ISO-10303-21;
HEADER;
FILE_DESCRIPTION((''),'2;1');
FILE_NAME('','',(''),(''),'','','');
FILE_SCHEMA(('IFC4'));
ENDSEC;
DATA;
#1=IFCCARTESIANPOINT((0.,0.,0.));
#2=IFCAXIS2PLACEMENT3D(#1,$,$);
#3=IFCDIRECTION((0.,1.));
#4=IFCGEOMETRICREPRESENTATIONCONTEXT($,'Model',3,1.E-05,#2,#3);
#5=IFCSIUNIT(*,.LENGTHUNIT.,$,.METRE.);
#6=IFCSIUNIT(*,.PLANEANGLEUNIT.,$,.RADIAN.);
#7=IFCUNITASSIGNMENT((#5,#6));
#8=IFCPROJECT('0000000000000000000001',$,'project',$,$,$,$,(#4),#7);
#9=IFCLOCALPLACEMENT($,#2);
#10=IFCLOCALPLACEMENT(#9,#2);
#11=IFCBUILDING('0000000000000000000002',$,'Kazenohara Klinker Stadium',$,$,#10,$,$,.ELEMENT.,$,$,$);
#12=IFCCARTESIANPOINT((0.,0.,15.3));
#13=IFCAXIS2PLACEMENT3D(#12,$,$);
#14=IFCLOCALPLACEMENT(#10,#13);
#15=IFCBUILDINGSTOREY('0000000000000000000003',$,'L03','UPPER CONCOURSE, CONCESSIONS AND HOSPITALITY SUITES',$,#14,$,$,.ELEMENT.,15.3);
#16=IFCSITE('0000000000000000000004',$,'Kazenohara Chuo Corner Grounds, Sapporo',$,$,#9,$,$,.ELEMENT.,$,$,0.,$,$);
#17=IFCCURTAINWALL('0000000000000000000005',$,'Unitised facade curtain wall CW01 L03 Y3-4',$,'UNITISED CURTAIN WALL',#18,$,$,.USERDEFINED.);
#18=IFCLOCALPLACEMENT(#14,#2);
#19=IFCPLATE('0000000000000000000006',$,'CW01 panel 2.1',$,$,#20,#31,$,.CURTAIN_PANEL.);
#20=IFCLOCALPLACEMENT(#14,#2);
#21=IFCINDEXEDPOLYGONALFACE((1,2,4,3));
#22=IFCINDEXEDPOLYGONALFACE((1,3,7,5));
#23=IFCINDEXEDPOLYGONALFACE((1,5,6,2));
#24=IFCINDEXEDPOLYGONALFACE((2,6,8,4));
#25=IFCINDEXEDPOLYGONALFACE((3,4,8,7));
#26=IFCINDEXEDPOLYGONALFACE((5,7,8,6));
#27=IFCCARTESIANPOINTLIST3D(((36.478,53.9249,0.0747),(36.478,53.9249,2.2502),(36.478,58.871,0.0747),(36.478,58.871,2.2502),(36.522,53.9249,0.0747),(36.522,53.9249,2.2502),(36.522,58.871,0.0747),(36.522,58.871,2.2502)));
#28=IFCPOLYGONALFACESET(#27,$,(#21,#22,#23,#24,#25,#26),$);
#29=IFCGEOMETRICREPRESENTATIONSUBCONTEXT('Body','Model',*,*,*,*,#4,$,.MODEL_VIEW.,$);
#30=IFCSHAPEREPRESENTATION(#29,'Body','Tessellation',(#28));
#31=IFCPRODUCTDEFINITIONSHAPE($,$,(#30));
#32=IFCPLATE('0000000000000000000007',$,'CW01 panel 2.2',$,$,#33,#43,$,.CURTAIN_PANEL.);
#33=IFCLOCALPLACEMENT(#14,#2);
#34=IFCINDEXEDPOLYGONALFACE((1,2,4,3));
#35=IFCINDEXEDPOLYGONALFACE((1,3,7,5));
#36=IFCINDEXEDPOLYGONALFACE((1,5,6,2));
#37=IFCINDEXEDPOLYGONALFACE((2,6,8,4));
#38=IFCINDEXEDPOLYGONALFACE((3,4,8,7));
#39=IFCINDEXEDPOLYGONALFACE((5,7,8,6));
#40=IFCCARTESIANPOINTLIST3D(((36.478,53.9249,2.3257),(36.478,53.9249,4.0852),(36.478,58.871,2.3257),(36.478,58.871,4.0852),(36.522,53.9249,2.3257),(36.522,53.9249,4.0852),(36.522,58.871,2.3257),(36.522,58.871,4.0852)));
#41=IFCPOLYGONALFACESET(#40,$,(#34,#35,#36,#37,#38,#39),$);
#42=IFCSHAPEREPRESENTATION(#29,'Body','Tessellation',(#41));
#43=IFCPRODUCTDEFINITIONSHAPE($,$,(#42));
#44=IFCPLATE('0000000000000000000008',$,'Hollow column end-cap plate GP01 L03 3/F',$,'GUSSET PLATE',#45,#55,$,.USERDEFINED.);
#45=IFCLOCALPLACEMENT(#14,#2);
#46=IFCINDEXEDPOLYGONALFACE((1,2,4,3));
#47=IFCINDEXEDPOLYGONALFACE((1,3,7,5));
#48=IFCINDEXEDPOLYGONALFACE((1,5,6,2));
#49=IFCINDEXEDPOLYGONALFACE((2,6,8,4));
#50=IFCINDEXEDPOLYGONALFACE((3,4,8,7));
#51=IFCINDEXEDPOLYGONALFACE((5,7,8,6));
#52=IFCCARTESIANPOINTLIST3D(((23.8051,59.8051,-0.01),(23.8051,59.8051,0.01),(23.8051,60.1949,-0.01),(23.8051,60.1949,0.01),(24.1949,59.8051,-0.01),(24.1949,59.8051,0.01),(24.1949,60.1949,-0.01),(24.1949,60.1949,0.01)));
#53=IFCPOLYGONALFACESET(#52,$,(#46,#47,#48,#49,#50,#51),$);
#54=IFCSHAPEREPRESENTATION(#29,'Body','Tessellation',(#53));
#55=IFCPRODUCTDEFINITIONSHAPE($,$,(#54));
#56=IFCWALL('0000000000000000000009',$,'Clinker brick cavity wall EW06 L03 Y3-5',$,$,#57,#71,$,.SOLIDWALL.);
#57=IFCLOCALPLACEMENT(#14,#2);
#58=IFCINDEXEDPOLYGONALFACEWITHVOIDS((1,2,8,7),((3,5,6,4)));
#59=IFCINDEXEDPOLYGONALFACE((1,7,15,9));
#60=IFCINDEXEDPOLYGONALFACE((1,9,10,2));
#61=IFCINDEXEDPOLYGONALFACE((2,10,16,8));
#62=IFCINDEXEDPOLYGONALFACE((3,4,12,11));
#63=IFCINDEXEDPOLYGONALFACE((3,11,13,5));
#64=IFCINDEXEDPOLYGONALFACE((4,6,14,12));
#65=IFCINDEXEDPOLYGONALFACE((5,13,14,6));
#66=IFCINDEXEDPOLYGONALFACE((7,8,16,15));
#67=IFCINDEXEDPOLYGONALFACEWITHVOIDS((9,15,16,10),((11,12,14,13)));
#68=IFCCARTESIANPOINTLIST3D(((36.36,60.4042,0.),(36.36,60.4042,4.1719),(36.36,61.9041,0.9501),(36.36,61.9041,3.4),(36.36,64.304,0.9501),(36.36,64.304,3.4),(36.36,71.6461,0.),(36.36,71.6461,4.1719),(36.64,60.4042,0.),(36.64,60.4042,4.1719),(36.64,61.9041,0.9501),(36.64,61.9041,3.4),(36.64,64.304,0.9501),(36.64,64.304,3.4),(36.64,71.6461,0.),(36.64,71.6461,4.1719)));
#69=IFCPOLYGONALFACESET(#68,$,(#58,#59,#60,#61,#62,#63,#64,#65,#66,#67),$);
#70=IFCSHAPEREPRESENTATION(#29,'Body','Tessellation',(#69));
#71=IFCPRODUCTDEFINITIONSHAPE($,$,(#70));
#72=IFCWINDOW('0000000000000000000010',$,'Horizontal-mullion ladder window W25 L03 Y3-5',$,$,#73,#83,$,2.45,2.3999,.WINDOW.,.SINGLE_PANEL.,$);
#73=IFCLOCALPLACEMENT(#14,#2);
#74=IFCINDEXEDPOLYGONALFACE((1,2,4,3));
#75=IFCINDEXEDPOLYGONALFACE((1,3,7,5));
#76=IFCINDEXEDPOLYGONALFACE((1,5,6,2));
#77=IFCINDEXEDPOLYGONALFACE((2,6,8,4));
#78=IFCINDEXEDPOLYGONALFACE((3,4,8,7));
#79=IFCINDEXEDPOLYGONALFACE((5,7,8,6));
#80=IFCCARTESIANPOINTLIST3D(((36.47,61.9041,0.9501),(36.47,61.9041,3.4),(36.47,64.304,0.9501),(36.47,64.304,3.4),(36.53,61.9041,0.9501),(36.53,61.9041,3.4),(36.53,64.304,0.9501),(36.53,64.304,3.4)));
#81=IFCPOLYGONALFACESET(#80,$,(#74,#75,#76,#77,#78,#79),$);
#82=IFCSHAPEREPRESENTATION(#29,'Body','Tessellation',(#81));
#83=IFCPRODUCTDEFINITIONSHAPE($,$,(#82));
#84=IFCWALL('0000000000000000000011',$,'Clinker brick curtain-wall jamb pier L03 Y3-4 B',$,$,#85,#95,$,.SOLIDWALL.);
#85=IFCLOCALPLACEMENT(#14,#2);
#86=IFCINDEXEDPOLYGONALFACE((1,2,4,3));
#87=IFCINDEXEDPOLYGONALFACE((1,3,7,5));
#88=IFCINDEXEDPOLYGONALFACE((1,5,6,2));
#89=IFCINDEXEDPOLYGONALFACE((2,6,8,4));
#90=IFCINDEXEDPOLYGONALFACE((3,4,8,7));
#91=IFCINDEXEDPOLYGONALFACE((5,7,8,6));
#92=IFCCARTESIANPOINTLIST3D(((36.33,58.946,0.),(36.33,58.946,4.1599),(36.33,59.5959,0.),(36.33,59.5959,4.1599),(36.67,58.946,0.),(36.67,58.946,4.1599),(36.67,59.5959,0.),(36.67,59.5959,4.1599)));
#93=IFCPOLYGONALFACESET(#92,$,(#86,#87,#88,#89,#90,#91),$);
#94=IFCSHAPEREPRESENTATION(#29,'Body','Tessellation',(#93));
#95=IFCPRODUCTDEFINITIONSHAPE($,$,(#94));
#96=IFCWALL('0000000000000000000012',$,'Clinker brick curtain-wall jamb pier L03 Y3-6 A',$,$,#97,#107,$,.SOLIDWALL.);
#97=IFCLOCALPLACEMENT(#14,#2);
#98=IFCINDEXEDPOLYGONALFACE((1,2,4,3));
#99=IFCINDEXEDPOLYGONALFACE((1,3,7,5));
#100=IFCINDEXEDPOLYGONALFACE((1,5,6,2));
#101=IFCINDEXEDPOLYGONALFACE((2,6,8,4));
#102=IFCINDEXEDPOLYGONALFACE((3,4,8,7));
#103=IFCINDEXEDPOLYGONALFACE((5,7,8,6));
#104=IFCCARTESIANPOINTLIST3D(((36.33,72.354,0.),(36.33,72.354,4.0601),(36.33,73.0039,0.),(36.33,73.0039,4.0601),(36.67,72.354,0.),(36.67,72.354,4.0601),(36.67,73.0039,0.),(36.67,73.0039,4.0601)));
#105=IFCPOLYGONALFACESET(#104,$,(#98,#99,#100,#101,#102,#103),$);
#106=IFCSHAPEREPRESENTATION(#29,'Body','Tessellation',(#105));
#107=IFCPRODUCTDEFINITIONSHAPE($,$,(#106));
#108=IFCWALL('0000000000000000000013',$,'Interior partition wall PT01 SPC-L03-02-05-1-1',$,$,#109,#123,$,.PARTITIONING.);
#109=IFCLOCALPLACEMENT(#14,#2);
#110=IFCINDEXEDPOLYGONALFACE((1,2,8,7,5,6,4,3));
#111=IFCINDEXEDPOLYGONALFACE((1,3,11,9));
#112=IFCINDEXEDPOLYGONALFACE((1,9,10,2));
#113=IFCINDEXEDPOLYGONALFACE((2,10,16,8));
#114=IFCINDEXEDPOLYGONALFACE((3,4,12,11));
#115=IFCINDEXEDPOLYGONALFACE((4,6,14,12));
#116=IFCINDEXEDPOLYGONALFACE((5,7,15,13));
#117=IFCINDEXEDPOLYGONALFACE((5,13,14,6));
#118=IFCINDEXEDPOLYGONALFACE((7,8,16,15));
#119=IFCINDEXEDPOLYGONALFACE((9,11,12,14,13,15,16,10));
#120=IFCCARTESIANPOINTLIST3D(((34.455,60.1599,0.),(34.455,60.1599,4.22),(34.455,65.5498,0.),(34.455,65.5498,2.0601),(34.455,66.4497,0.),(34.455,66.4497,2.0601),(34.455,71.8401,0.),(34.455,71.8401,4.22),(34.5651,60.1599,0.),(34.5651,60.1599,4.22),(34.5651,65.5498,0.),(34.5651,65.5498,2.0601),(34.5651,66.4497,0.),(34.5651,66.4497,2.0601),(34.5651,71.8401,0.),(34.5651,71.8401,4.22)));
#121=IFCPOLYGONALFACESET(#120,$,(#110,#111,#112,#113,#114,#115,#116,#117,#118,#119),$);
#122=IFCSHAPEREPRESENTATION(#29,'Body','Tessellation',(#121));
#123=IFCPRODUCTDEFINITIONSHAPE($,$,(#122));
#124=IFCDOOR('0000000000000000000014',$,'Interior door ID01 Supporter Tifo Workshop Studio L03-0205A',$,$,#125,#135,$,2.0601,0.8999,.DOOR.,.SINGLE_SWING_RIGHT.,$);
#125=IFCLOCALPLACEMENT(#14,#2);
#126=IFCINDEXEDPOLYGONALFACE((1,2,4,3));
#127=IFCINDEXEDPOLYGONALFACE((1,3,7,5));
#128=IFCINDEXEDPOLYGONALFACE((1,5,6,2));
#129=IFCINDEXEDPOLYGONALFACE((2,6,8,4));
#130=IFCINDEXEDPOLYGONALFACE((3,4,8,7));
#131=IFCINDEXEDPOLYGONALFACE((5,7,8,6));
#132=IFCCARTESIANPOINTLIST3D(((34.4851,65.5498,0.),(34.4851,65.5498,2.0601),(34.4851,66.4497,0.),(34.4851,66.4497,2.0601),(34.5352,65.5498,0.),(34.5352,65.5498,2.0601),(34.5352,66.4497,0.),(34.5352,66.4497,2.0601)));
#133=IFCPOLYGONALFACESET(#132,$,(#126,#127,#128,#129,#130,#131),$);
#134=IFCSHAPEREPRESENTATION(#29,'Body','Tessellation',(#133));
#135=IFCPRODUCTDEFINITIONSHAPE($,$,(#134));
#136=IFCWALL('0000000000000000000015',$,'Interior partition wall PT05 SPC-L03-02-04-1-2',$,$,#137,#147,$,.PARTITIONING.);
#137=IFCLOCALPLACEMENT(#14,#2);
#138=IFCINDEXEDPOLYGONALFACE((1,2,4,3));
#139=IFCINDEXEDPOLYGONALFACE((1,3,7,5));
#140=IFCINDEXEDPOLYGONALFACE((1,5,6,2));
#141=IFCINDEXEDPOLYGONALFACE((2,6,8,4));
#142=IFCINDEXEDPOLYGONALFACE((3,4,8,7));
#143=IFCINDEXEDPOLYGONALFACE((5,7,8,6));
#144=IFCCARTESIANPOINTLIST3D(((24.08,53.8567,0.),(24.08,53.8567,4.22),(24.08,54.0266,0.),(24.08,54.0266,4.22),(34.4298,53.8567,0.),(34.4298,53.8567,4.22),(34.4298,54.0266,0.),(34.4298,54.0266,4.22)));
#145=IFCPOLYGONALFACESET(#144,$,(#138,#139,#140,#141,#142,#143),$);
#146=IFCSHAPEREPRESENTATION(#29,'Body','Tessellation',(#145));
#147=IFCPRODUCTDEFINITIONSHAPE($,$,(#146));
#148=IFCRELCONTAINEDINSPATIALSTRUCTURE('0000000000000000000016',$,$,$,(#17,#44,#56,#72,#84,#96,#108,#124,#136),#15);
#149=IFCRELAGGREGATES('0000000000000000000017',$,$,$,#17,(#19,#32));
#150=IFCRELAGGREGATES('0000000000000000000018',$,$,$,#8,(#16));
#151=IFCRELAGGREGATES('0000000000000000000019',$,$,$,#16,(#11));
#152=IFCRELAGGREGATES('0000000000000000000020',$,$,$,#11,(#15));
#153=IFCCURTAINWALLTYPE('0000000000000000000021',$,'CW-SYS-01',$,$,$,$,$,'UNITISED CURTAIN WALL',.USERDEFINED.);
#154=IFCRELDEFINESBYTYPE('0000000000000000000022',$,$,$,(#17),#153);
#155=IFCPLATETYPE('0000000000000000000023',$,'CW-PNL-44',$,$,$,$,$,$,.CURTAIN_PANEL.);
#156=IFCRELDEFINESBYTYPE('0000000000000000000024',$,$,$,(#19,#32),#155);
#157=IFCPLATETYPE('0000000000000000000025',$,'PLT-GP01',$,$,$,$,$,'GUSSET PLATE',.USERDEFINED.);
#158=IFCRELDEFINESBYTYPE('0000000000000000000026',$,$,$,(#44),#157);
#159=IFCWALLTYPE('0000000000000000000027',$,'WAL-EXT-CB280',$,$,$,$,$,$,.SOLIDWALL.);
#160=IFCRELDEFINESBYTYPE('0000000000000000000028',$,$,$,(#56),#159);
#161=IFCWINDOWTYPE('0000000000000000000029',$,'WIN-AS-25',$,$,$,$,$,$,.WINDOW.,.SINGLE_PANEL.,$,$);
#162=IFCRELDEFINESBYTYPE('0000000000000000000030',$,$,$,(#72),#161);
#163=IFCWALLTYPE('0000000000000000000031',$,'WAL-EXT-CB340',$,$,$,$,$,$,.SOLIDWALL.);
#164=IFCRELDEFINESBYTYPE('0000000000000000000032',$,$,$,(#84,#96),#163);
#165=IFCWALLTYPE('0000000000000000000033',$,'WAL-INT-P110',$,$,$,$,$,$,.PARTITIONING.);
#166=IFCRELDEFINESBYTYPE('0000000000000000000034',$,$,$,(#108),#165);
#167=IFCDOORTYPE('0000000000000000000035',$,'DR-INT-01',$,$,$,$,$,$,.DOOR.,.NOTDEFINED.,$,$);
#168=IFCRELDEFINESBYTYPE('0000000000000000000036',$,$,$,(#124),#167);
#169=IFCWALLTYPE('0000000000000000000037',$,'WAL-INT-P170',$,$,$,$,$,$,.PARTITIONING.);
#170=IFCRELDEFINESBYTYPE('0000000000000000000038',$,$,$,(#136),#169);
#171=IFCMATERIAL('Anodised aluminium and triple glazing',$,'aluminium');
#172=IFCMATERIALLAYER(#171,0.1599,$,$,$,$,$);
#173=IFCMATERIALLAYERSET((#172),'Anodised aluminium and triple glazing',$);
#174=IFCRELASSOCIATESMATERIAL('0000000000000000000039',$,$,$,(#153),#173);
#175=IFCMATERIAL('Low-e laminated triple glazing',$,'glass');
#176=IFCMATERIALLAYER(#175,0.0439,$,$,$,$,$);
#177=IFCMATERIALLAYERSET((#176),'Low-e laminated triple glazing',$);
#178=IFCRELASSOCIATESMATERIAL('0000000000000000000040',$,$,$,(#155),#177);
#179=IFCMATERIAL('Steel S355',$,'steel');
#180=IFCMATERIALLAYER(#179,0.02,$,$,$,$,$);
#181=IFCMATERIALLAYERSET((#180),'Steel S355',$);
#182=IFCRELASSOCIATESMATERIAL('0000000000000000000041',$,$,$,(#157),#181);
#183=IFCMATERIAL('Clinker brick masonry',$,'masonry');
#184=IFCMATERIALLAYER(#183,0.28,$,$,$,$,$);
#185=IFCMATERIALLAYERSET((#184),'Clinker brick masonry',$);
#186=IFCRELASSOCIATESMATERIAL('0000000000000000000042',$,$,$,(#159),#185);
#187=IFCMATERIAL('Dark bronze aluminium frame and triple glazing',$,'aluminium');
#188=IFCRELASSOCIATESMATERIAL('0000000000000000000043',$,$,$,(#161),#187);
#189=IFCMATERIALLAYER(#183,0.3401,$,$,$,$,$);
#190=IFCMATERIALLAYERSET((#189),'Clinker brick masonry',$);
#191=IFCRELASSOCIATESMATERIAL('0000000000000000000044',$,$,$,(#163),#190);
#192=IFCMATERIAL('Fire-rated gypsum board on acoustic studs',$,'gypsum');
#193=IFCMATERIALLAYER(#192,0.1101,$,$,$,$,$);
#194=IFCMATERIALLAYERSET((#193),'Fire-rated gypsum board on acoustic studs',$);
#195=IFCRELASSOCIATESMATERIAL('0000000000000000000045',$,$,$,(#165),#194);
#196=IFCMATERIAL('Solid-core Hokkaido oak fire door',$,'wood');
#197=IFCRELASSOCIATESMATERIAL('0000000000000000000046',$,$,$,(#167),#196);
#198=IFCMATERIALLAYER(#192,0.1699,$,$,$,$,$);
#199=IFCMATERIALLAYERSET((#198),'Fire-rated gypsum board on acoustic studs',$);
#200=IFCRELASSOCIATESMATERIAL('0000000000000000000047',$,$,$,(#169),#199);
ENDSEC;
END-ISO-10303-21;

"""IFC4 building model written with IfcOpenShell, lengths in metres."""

from ifc_helpers import new_model, si_unit, direction, frame, frame_2d, origin, origin_2d, place, context, subcontext, project, spatial, rectangle, extrude, material, layer, layer_set, type_object, element, fill, aggregate, save


model = new_model("IFC4")

# Units and contexts
model_context = context("Model", 3, precision=1e-05, world=origin(), true_north=direction((0.0, 1.0)))
body_context = subcontext(model_context, "Body", "Model", "MODEL_VIEW")
ifc_project = project(units=[si_unit("LENGTHUNIT", "METRE"), si_unit("PLANEANGLEUNIT", "RADIAN")], contexts=[model_context])

# Site, building, storey
site_placement = place(None, origin())
site = spatial("IfcSite", under=ifc_project, at=site_placement, Name="Kazenohara Chuo Corner Grounds, Sapporo", CompositionType="ELEMENT", RefElevation=0.0)
building_placement = place(site_placement, origin())
building = spatial("IfcBuilding", under=site, at=building_placement, Name="Kazenohara Klinker Stadium", CompositionType="ELEMENT")
storey_placement = place(building_placement, frame((0.0, 0.0, 15.3)))
storey = spatial("IfcBuildingStorey", under=building, at=storey_placement, Name="L03", Description="UPPER CONCOURSE, CONCESSIONS AND HOSPITALITY SUITES", CompositionType="ELEMENT", Elevation=15.3)

# Shared definitions
ifc_material_1 = material(Name="Steel S355", Category="steel")

# Curtain wall
ifc_material_2 = material(Name="Anodised aluminium and triple glazing", Category="aluminium")
ifc_layer_1 = layer(ifc_material_2, 0.1599)
ifc_layer_set_1 = layer_set([ifc_layer_1], Name="Anodised aluminium and triple glazing")
curtain_wall_type_1 = type_object("IfcCurtainWallType", Name="CW-SYS-01", ElementType="UNITISED CURTAIN WALL", PredefinedType="USERDEFINED", material=ifc_layer_set_1)
curtain_wall_1_placement = place(storey_placement, origin())
curtain_wall_1 = element("IfcCurtainWall", 1, at=curtain_wall_1_placement, inside=storey, type_object=curtain_wall_type_1, Name="Unitised facade curtain wall CW01 L03 Y3-4", ObjectType="UNITISED CURTAIN WALL", PredefinedType="USERDEFINED")

# Plates
ifc_material_3 = material(Name="Low-e laminated triple glazing", Category="glass")
ifc_layer_2 = layer(ifc_material_3, 0.0439)
ifc_layer_set_2 = layer_set([ifc_layer_2], Name="Low-e laminated triple glazing")
plate_type_1 = type_object("IfcPlateType", Name="CW-PNL-44", PredefinedType="CURTAIN_PANEL", material=ifc_layer_set_2)
plate_1_placement = place(storey_placement, frame((36.5, 56.3979, 0.0747), z_axis=(0.0, 0.0, 1.0), x_axis=(0.0, 1.0, 0.0)))
plate_1 = element("IfcPlate", 2, at=plate_1_placement, type_object=plate_type_1, Name="CW01 panel 2.1", PredefinedType="CURTAIN_PANEL", context=body_context, shape_type="SweptSolid", body=[
    extrude(rectangle(XDim=4.946, YDim=0.0439, at=origin_2d()), origin(), (0.0, 0.0, 1.0), 2.1755),
])
plate_2_placement = place(storey_placement, frame((36.5, 56.3979, 2.3257), z_axis=(0.0, 0.0, 1.0), x_axis=(0.0, 1.0, 0.0)))
plate_2 = element("IfcPlate", 3, at=plate_2_placement, type_object=plate_type_1, Name="CW01 panel 2.2", PredefinedType="CURTAIN_PANEL", context=body_context, shape_type="SweptSolid", body=[
    extrude(rectangle(XDim=4.946, YDim=0.0439, at=origin_2d()), origin(), (0.0, 0.0, 1.0), 1.7595),
])
aggregate(curtain_wall_1, [plate_1, plate_2])
ifc_layer_3 = layer(ifc_material_1, 0.02)
ifc_layer_set_3 = layer_set([ifc_layer_3], Name="Steel S355")
plate_type_2 = type_object("IfcPlateType", Name="PLT-GP01", ElementType="GUSSET PLATE", PredefinedType="USERDEFINED", material=ifc_layer_set_3)
plate_3_placement = place(storey_placement, frame((24.0, 60.0, -0.01), z_axis=(0.0, 0.0, 1.0), x_axis=(1.0, 0.0, 0.0)))
element("IfcPlate", 4, at=plate_3_placement, inside=storey, type_object=plate_type_2, Name="Hollow column end-cap plate GP01 L03 3/F", ObjectType="GUSSET PLATE", PredefinedType="USERDEFINED", context=body_context, shape_type="SweptSolid", body=[
    extrude(rectangle(XDim=0.3899, YDim=0.3899, at=origin_2d()), origin(), (0.0, 0.0, 1.0), 0.02),
])

# Wall, opening, window
ifc_material_4 = material(Name="Clinker brick masonry", Category="masonry")
ifc_layer_4 = layer(ifc_material_4, 0.28)
ifc_layer_set_4 = layer_set([ifc_layer_4], Name="Clinker brick masonry")
wall_type_1 = type_object("IfcWallType", Name="WAL-EXT-CB280", PredefinedType="SOLIDWALL", material=ifc_layer_set_4)
wall_1_placement = place(storey_placement, frame((36.5, 60.4041, 0.0), z_axis=(0.0, 0.0, 1.0), x_axis=(0.0, 1.0, 0.0)))
wall_1 = element("IfcWall", 5, at=wall_1_placement, inside=storey, type_object=wall_type_1, Name="Clinker brick cavity wall EW06 L03 Y3-5", PredefinedType="SOLIDWALL", context=body_context, shape_type="SweptSolid", body=[
    extrude(rectangle(XDim=11.2419, YDim=0.28, at=frame_2d((5.6211, 0.0))), origin(), (0.0, 0.0, 1.0), 4.1719),
])
opening_1_placement = place(wall_1_placement, frame((1.5, 0.0, 0.95)))
opening_1 = element("IfcOpeningElement", 6, at=opening_1_placement, cuts=wall_1, PredefinedType="OPENING", context=body_context, shape_type="SweptSolid", body=[
    extrude(rectangle(XDim=2.3999, YDim=2.45, at=frame_2d((1.2, 1.2251))), frame((0.0, 0.1499, 0.0), z_axis=(0.0, -1.0, 0.0), x_axis=(1.0, 0.0, 0.0)), (0.0, 0.0, 1.0), 0.3),
])
ifc_material_5 = material(Name="Dark bronze aluminium frame and triple glazing", Category="aluminium")
window_type = type_object("IfcWindowType", Name="WIN-AS-25", PartitioningType="SINGLE_PANEL", PredefinedType="WINDOW", material=ifc_material_5)
window_placement = place(opening_1_placement, origin())
window = element("IfcWindow", 7, at=window_placement, inside=storey, type_object=window_type, Name="Horizontal-mullion ladder window W25 L03 Y3-5", OverallHeight=2.45, OverallWidth=2.3999, PartitioningType="SINGLE_PANEL", PredefinedType="WINDOW", context=body_context, shape_type="SweptSolid", body=[
    extrude(rectangle(XDim=2.3999, YDim=2.45, at=frame_2d((1.2, 1.2251))), frame((0.0, 0.03, 0.0), z_axis=(0.0, -1.0, 0.0), x_axis=(1.0, 0.0, 0.0)), (0.0, 0.0, 1.0), 0.0601),
])
fill(opening_1, window)

# Walls
ifc_layer_5 = layer(ifc_material_4, 0.3401)
ifc_layer_set_5 = layer_set([ifc_layer_5], Name="Clinker brick masonry")
wall_type_2 = type_object("IfcWallType", Name="WAL-EXT-CB340", PredefinedType="SOLIDWALL", material=ifc_layer_set_5)
wall_2_placement = place(storey_placement, frame((36.5, 58.946, 0.0), z_axis=(0.0, 0.0, 1.0), x_axis=(0.0, 1.0, 0.0)))
element("IfcWall", 8, at=wall_2_placement, inside=storey, type_object=wall_type_2, Name="Clinker brick curtain-wall jamb pier L03 Y3-4 B", PredefinedType="SOLIDWALL", context=body_context, shape_type="SweptSolid", body=[
    extrude(rectangle(XDim=0.6499, YDim=0.3401, at=frame_2d((0.325, 0.0))), origin(), (0.0, 0.0, 1.0), 4.1599),
])
wall_3_placement = place(storey_placement, frame((36.5, 72.354, 0.0), z_axis=(0.0, 0.0, 1.0), x_axis=(0.0, 1.0, 0.0)))
element("IfcWall", 9, at=wall_3_placement, inside=storey, type_object=wall_type_2, Name="Clinker brick curtain-wall jamb pier L03 Y3-6 A", PredefinedType="SOLIDWALL", context=body_context, shape_type="SweptSolid", body=[
    extrude(rectangle(XDim=0.6499, YDim=0.3401, at=frame_2d((0.325, 0.0))), origin(), (0.0, 0.0, 1.0), 4.0601),
])

# Wall, opening, door
ifc_material_6 = material(Name="Fire-rated gypsum board on acoustic studs", Category="gypsum")
ifc_layer_6 = layer(ifc_material_6, 0.1101)
ifc_layer_set_6 = layer_set([ifc_layer_6], Name="Fire-rated gypsum board on acoustic studs")
wall_type_3 = type_object("IfcWallType", Name="WAL-INT-P110", PredefinedType="PARTITIONING", material=ifc_layer_set_6)
wall_4_placement = place(storey_placement, frame((34.51, 60.1599, 0.0), z_axis=(0.0, 0.0, 1.0), x_axis=(0.0, 1.0, 0.0)))
wall_4 = element("IfcWall", 10, at=wall_4_placement, inside=storey, type_object=wall_type_3, Name="Interior partition wall PT01 SPC-L03-02-05-1-1", PredefinedType="PARTITIONING", context=body_context, shape_type="SweptSolid", body=[
    extrude(rectangle(XDim=11.6802, YDim=0.1101, at=frame_2d((5.8401, 0.0))), origin(), (0.0, 0.0, 1.0), 4.22),
])
opening_2_placement = place(wall_4_placement, frame((5.3899, 0.0, 0.0)))
opening_2 = element("IfcOpeningElement", 11, at=opening_2_placement, cuts=wall_4, PredefinedType="OPENING", context=body_context, shape_type="SweptSolid", body=[
    extrude(rectangle(XDim=0.8999, YDim=2.0601, at=frame_2d((0.45, 1.03))), frame((0.0, 0.0649, 0.0), z_axis=(0.0, -1.0, 0.0), x_axis=(1.0, 0.0, 0.0)), (0.0, 0.0, 1.0), 0.1301),
])
ifc_material_7 = material(Name="Solid-core Hokkaido oak fire door", Category="wood")
door_type = type_object("IfcDoorType", Name="DR-INT-01", OperationType="NOTDEFINED", PredefinedType="DOOR", material=ifc_material_7)
door_placement = place(opening_2_placement, origin())
door = element("IfcDoor", 12, at=door_placement, inside=storey, type_object=door_type, Name="Interior door ID01 Supporter Tifo Workshop Studio L03-0205A", OperationType="SINGLE_SWING_RIGHT", OverallHeight=2.0601, OverallWidth=0.8999, PredefinedType="DOOR", context=body_context, shape_type="SweptSolid", body=[
    extrude(rectangle(XDim=0.8999, YDim=2.0601, at=frame_2d((0.45, 1.03))), frame((0.0, 0.0249, 0.0), z_axis=(0.0, -1.0, 0.0), x_axis=(1.0, 0.0, 0.0)), (0.0, 0.0, 1.0), 0.05),
])
fill(opening_2, door)

# Wall
ifc_layer_7 = layer(ifc_material_6, 0.1699)
ifc_layer_set_7 = layer_set([ifc_layer_7], Name="Fire-rated gypsum board on acoustic studs")
wall_type_4 = type_object("IfcWallType", Name="WAL-INT-P170", PredefinedType="PARTITIONING", material=ifc_layer_set_7)
wall_5_placement = place(storey_placement, frame((24.0801, 53.9417, 0.0), z_axis=(0.0, 0.0, 1.0), x_axis=(1.0, 0.0, 0.0)))
element("IfcWall", 13, at=wall_5_placement, inside=storey, type_object=wall_type_4, Name="Interior partition wall PT05 SPC-L03-02-04-1-2", PredefinedType="PARTITIONING", context=body_context, shape_type="SweptSolid", body=[
    extrude(rectangle(XDim=10.3499, YDim=0.1699, at=frame_2d((5.1748, 0.0))), origin(), (0.0, 0.0, 1.0), 4.22),
])

save(model, "model.ifc")
